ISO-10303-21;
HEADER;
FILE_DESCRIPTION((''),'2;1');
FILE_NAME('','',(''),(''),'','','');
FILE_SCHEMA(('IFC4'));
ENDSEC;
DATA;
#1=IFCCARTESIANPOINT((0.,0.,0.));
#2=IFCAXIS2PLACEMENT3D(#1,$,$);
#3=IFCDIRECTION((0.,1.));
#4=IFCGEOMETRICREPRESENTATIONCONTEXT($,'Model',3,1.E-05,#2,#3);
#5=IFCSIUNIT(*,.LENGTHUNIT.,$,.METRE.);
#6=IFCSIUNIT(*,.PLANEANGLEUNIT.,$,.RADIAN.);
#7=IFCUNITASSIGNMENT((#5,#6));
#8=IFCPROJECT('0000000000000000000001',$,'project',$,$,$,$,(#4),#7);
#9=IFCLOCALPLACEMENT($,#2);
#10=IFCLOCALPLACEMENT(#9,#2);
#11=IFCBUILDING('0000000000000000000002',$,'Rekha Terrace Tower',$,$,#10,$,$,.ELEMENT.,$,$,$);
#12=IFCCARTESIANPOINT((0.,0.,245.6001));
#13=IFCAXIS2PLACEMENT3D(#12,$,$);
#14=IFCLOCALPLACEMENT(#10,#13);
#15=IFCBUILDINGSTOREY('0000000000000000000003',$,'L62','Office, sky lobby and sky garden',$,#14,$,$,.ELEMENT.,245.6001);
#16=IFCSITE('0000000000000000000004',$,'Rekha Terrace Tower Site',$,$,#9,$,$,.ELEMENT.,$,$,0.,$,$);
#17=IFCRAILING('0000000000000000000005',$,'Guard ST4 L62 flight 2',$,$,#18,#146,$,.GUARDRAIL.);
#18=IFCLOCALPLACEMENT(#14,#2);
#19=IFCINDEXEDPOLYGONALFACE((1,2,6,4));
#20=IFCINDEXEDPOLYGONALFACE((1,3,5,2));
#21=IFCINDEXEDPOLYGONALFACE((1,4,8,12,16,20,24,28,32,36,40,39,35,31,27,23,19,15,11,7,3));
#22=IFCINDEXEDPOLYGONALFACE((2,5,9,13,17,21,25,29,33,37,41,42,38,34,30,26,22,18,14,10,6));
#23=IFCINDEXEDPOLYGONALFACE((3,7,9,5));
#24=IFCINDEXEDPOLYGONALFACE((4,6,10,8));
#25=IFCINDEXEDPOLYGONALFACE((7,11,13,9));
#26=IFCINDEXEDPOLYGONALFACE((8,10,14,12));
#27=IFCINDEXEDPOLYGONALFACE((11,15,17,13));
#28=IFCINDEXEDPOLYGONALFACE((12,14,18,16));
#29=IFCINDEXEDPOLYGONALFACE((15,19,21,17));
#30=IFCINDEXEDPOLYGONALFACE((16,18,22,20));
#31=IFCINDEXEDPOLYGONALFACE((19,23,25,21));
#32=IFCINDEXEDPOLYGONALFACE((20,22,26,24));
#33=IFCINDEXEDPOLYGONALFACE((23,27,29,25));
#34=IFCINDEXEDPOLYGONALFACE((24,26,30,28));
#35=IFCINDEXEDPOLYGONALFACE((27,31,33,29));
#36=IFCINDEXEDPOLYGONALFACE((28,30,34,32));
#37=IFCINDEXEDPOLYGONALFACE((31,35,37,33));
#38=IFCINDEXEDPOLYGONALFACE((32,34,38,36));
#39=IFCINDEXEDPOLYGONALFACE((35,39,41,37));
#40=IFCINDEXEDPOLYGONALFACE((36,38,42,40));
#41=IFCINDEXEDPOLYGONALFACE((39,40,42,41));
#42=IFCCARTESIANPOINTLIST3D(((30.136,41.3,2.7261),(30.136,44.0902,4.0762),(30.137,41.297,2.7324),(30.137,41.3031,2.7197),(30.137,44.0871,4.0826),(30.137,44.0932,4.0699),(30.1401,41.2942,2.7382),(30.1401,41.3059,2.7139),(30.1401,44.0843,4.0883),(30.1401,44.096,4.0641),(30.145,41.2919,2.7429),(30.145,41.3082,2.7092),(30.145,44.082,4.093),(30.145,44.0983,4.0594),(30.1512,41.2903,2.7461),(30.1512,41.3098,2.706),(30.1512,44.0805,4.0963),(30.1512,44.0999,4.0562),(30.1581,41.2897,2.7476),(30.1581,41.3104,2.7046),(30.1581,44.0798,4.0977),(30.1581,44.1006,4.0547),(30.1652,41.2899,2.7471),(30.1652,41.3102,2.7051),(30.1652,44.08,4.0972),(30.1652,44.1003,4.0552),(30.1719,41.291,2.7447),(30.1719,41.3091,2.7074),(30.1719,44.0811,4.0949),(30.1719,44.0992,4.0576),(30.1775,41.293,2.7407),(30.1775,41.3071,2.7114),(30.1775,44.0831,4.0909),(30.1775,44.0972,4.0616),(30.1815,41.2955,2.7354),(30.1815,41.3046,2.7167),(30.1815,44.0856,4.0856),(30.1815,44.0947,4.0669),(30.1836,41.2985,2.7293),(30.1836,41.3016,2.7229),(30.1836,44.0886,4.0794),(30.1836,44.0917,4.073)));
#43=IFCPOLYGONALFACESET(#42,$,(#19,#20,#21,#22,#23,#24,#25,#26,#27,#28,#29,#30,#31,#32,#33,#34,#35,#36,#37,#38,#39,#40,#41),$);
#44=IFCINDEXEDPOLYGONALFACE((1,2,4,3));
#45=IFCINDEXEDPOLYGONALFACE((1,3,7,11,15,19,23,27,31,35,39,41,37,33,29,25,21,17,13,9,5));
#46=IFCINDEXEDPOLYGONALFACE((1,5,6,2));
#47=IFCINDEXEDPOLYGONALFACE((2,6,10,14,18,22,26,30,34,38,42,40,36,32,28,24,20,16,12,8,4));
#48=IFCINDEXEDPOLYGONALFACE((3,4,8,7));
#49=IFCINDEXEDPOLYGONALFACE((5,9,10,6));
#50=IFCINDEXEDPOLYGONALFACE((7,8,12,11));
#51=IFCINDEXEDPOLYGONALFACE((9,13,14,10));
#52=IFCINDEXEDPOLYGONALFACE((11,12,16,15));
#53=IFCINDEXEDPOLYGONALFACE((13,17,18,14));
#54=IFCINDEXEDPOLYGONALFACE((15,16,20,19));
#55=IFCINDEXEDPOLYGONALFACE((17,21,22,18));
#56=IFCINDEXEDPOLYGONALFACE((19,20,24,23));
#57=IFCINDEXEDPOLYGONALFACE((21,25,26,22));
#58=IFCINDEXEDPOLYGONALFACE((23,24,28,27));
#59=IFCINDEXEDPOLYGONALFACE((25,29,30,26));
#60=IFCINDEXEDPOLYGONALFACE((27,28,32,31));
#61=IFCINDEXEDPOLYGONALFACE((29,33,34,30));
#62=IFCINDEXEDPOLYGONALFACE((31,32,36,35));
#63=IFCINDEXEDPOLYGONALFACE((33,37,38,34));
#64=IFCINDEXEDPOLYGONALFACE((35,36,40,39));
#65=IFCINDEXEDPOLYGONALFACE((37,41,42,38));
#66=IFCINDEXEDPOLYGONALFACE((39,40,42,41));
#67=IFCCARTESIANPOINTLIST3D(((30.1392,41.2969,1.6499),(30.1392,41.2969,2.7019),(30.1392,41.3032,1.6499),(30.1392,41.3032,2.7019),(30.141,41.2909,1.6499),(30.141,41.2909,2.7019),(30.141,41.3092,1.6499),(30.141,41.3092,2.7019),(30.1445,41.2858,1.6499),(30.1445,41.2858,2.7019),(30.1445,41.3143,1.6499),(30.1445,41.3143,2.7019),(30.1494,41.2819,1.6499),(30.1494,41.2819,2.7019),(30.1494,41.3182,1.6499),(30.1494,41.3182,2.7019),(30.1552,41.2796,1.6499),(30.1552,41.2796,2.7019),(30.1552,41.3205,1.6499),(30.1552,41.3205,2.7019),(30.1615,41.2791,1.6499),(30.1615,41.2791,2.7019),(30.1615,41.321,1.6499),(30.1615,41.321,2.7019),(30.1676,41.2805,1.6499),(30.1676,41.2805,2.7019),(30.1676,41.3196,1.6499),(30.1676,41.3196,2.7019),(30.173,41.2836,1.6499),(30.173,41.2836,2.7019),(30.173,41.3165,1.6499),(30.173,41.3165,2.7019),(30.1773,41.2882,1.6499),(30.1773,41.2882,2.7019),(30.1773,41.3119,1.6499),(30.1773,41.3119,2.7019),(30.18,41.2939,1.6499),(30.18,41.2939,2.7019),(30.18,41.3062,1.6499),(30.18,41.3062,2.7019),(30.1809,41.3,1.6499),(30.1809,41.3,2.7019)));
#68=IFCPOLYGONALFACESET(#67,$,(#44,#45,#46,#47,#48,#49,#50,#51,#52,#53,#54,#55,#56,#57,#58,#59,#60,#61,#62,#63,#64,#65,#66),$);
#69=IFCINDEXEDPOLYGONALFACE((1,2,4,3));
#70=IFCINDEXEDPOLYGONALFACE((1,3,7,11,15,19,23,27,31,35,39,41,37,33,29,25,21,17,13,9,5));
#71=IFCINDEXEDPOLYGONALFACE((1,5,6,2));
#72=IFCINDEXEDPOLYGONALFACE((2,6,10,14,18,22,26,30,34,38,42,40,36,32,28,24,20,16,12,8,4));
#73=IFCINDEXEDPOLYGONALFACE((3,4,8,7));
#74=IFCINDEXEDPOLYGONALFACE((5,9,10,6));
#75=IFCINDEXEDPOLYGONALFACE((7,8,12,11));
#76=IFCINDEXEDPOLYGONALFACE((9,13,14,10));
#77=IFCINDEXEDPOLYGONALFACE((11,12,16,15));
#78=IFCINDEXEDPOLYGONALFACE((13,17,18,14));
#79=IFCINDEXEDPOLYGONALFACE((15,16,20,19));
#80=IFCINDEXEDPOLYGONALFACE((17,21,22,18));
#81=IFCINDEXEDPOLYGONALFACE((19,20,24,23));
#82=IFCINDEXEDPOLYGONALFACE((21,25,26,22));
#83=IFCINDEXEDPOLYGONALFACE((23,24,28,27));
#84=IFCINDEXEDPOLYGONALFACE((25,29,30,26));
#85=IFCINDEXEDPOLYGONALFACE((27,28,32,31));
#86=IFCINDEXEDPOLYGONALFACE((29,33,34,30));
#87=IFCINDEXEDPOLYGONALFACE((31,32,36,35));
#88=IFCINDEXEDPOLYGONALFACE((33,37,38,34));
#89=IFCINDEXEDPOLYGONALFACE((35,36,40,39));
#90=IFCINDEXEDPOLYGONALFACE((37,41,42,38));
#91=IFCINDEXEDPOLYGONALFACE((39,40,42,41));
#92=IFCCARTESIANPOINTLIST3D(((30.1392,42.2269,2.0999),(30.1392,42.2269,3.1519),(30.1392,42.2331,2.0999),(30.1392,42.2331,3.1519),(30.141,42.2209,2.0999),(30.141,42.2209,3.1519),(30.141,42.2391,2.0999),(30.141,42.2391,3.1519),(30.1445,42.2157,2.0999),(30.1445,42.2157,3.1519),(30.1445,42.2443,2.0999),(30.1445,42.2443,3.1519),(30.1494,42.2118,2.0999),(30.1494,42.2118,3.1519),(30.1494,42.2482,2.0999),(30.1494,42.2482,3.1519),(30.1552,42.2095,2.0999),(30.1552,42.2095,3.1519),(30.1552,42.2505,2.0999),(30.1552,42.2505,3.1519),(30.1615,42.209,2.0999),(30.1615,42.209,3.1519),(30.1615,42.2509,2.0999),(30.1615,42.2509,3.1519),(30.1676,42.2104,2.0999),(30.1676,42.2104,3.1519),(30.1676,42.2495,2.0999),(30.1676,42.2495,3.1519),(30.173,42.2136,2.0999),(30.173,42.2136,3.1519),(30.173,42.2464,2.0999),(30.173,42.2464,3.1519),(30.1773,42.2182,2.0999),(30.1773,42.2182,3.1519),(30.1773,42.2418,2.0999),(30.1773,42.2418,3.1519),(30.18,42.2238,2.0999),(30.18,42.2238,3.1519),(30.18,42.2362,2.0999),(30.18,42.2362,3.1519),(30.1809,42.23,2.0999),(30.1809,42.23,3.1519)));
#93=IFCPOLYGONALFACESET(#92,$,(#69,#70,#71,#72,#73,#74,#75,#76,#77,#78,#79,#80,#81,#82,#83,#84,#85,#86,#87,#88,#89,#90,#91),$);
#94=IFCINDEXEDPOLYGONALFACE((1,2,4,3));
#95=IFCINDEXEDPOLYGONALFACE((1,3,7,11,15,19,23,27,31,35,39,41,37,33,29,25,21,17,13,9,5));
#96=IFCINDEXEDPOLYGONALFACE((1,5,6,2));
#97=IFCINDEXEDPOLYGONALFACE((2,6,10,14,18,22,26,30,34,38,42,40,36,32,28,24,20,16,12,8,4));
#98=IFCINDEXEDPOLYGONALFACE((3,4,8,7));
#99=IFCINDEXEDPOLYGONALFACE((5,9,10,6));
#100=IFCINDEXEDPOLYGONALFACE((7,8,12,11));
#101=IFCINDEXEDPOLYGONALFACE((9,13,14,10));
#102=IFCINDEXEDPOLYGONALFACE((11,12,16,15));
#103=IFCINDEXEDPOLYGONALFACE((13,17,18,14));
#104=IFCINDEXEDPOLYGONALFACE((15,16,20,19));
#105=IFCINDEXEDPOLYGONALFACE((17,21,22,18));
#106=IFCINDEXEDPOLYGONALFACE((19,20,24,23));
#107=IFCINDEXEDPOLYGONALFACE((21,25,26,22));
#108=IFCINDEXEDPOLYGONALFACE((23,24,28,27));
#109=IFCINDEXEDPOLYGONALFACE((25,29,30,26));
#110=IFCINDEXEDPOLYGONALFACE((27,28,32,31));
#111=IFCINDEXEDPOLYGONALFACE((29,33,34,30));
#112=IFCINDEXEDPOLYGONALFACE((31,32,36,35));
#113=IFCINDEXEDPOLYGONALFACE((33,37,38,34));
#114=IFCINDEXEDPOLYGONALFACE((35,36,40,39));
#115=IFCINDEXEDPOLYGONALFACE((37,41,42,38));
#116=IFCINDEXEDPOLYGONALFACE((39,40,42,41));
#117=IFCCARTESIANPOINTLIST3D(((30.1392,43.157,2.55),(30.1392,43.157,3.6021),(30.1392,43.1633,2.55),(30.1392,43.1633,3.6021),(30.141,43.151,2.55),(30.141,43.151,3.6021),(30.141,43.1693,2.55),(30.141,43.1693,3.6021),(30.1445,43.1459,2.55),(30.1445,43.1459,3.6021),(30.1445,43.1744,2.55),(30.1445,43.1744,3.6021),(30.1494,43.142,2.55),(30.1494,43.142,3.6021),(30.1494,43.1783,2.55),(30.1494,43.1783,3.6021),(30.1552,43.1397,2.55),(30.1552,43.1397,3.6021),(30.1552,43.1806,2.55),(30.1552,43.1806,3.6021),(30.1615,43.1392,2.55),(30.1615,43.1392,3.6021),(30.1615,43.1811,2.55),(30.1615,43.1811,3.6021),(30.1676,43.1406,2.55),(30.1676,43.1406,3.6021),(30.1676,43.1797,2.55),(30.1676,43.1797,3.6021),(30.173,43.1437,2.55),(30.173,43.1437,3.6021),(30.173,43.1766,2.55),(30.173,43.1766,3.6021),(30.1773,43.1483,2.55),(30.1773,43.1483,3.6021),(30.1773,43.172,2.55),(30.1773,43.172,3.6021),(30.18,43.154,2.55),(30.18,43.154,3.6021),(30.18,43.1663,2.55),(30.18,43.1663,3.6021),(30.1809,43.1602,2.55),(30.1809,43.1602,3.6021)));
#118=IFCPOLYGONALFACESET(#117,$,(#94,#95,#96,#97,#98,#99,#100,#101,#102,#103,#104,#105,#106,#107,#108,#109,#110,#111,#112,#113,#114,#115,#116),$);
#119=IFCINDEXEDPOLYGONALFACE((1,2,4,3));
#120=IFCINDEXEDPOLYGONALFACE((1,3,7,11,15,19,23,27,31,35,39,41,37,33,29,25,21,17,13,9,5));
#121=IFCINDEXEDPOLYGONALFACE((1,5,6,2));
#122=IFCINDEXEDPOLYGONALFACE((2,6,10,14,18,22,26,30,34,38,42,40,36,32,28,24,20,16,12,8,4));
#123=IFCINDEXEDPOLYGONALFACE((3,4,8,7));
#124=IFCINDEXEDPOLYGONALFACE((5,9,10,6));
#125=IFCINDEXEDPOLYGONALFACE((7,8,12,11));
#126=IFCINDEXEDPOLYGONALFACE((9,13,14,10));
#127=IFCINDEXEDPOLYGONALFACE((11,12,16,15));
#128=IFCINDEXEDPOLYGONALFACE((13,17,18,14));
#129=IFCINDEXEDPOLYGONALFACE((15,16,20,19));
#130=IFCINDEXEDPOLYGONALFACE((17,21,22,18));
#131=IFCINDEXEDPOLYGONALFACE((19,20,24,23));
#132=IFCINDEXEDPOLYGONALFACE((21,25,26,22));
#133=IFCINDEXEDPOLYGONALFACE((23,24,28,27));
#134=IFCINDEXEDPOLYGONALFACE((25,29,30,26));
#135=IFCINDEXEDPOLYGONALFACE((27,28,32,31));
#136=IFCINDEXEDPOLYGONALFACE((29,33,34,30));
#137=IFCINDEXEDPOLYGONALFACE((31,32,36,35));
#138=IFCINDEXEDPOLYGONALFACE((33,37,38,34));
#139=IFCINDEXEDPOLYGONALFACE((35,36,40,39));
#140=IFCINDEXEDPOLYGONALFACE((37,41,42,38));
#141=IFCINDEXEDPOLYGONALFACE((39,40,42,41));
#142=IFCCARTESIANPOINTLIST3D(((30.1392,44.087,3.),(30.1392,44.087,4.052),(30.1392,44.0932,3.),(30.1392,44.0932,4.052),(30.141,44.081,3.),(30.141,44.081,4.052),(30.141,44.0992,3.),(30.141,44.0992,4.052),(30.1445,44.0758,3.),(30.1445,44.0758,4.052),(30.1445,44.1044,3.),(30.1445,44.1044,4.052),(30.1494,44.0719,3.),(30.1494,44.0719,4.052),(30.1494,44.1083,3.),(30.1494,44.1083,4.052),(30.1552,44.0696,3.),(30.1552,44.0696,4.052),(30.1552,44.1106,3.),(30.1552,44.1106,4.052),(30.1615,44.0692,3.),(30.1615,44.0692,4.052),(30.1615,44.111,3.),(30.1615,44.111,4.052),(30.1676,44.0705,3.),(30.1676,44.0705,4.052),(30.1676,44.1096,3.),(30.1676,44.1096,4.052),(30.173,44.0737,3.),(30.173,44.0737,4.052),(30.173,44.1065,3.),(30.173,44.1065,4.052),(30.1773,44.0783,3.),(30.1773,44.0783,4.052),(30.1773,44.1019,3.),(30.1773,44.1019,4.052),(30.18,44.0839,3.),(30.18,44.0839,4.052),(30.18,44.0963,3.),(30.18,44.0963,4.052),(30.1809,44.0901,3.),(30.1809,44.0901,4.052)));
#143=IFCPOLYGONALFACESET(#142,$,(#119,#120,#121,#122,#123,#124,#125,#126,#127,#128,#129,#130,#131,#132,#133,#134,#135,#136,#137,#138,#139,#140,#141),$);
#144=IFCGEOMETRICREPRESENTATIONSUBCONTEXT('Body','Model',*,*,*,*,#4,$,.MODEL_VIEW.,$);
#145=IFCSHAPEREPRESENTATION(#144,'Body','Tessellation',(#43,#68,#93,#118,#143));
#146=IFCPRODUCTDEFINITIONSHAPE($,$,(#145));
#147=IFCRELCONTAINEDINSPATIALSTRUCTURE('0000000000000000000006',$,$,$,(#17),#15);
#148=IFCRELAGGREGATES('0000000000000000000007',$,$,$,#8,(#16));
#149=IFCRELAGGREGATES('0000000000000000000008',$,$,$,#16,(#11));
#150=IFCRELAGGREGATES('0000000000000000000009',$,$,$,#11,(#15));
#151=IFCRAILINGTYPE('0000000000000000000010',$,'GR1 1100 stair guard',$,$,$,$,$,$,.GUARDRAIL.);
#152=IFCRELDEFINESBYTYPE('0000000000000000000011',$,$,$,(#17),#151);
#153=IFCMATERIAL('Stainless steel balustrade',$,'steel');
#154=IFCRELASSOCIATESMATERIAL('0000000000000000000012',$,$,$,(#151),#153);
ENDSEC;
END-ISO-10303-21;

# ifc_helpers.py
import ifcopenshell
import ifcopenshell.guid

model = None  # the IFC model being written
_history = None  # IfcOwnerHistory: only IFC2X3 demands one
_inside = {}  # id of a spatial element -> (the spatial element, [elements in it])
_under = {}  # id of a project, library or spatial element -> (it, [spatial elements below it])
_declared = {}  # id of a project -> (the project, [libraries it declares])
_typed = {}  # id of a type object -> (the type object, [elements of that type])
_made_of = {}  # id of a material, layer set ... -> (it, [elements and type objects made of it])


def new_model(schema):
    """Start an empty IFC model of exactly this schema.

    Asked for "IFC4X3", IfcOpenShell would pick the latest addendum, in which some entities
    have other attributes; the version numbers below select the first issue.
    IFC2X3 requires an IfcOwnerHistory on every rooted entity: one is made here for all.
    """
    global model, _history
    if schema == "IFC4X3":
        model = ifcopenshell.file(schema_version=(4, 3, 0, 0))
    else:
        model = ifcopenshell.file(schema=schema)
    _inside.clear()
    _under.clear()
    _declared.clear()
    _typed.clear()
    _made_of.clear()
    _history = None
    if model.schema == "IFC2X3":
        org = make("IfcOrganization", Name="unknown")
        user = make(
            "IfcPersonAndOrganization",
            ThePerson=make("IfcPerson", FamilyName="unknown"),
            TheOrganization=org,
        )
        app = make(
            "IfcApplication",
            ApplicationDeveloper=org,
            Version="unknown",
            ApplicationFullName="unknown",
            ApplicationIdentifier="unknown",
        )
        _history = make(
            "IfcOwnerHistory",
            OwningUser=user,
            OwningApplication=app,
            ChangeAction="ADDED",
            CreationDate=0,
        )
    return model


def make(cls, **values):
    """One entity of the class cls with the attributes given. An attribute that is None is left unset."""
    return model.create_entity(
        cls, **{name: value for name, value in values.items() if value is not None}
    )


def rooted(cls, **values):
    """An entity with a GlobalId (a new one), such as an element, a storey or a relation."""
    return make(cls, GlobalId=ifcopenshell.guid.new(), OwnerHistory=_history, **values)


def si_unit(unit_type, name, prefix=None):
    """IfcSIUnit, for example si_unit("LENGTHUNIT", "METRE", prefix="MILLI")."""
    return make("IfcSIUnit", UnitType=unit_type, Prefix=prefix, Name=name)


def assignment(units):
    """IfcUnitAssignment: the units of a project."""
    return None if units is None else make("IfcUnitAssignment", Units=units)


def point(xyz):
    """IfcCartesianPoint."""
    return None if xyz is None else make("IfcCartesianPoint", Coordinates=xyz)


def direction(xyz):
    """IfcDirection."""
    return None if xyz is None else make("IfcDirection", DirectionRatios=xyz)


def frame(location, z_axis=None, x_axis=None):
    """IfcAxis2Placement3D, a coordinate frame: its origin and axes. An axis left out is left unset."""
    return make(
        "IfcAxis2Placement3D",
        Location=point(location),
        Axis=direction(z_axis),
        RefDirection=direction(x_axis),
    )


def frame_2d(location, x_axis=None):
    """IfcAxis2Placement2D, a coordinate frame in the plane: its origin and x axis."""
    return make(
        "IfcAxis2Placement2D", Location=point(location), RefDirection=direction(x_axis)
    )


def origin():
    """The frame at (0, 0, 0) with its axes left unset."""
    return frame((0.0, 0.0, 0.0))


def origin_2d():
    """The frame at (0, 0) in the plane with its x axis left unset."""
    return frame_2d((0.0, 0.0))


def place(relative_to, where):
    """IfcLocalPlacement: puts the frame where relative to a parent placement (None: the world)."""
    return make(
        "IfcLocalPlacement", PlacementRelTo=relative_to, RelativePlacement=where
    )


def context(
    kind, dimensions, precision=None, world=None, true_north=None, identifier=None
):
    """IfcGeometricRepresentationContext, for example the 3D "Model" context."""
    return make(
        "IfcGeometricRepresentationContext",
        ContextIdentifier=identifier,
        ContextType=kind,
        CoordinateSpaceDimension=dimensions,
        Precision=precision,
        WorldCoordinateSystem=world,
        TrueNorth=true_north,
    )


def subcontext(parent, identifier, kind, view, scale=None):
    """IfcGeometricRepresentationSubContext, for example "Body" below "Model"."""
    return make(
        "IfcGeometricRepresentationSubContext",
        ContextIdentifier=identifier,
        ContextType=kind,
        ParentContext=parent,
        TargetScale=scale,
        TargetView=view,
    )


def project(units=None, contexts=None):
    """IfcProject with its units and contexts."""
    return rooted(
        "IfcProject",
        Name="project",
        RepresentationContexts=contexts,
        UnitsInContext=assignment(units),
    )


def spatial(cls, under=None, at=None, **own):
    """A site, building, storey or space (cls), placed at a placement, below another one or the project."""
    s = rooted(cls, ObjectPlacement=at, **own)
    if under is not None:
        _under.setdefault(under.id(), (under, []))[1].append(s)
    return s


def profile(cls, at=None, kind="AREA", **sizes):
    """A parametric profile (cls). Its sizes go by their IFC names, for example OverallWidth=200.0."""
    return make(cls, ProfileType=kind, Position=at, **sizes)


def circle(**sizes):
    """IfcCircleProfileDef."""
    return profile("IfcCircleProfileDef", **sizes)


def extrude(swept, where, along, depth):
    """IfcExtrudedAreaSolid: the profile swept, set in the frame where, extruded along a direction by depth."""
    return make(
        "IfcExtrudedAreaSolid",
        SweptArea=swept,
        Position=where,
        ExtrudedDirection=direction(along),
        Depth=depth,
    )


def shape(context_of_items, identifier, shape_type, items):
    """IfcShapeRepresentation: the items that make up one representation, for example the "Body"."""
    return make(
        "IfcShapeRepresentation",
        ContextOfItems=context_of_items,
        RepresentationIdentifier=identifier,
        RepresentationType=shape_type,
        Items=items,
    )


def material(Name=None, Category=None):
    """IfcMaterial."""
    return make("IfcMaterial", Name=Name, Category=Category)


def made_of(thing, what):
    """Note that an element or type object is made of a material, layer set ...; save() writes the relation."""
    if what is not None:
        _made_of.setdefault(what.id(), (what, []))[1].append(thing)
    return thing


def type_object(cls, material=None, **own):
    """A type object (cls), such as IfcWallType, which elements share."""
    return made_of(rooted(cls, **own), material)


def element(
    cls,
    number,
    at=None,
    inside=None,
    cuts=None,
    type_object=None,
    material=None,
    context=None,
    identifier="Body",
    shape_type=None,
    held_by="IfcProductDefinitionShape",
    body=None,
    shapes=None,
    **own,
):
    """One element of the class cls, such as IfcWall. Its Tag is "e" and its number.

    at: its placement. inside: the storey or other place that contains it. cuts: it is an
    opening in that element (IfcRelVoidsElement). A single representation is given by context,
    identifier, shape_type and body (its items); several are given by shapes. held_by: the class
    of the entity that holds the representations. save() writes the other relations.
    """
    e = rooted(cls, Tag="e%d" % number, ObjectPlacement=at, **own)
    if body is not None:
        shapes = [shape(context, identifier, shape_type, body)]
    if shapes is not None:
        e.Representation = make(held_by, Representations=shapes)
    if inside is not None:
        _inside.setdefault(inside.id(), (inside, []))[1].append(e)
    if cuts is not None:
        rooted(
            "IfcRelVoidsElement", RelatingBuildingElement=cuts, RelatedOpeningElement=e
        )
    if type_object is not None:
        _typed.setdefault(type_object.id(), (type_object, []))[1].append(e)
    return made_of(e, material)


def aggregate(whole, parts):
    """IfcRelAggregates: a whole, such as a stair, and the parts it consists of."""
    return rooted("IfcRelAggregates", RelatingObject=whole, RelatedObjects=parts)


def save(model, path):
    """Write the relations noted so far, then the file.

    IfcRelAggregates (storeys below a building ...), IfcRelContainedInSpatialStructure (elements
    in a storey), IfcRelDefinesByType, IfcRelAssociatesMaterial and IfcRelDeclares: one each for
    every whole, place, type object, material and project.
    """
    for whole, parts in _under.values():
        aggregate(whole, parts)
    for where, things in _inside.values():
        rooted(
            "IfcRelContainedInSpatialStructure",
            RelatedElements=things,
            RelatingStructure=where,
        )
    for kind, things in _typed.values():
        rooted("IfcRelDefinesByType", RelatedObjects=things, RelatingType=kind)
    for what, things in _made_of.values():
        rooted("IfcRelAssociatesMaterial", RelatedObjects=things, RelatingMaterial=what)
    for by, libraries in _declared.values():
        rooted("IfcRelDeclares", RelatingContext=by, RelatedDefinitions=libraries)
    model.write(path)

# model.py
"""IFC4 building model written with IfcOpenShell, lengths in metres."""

from ifc_helpers import new_model, si_unit, direction, frame, origin, origin_2d, place, context, subcontext, project, spatial, circle, extrude, material, type_object, element, save


model = new_model("IFC4")

# Units and contexts
model_context = context("Model", 3, precision=1e-05, world=origin(), true_north=direction((0.0, 1.0)))
body_context = subcontext(model_context, "Body", "Model", "MODEL_VIEW")
ifc_project = project(units=[si_unit("LENGTHUNIT", "METRE"), si_unit("PLANEANGLEUNIT", "RADIAN")], contexts=[model_context])

# Site, building, storey
site_placement = place(None, origin())
site = spatial("IfcSite", under=ifc_project, at=site_placement, Name="Rekha Terrace Tower Site", CompositionType="ELEMENT", RefElevation=0.0)
building_placement = place(site_placement, origin())
building = spatial("IfcBuilding", under=site, at=building_placement, Name="Rekha Terrace Tower", CompositionType="ELEMENT")
storey_placement = place(building_placement, frame((0.0, 0.0, 245.6001)))
storey = spatial("IfcBuildingStorey", under=building, at=storey_placement, Name="L62", Description="Office, sky lobby and sky garden", CompositionType="ELEMENT", Elevation=245.6001)

# Railing
ifc_material_1 = material(Name="Stainless steel balustrade", Category="steel")
railing_type_1 = type_object("IfcRailingType", Name="GR1 1100 stair guard", PredefinedType="GUARDRAIL", material=ifc_material_1)
railing_1_placement = place(storey_placement, frame((30.1599, 41.3, 1.6499)))
element("IfcRailing", 1, at=railing_1_placement, inside=storey, type_object=railing_type_1, Name="Guard ST4 L62 flight 2", PredefinedType="GUARDRAIL", context=body_context, shape_type="SweptSolid", body=[
    extrude(circle(Radius=0.0239, at=origin_2d()), frame((0.0, 0.0, 1.0762), z_axis=(0.0, 0.900149, 0.435582), x_axis=(-1.0, 0.0, 0.0)), (0.0, 0.0, 1.0), 3.0996),
    extrude(circle(Radius=0.021, at=origin_2d()), origin(), (0.0, 0.0, 1.0), 1.052),
    extrude(circle(Radius=0.021, at=origin_2d()), frame((0.0, 0.9299, 0.45)), (0.0, 0.0, 1.0), 1.052),
    extrude(circle(Radius=0.021, at=origin_2d()), frame((0.0, 1.8601, 0.9001)), (0.0, 0.0, 1.0), 1.052),
    extrude(circle(Radius=0.021, at=origin_2d()), frame((0.0, 2.79, 1.3501)), (0.0, 0.0, 1.0), 1.052),
])

save(model, "model.ifc")
